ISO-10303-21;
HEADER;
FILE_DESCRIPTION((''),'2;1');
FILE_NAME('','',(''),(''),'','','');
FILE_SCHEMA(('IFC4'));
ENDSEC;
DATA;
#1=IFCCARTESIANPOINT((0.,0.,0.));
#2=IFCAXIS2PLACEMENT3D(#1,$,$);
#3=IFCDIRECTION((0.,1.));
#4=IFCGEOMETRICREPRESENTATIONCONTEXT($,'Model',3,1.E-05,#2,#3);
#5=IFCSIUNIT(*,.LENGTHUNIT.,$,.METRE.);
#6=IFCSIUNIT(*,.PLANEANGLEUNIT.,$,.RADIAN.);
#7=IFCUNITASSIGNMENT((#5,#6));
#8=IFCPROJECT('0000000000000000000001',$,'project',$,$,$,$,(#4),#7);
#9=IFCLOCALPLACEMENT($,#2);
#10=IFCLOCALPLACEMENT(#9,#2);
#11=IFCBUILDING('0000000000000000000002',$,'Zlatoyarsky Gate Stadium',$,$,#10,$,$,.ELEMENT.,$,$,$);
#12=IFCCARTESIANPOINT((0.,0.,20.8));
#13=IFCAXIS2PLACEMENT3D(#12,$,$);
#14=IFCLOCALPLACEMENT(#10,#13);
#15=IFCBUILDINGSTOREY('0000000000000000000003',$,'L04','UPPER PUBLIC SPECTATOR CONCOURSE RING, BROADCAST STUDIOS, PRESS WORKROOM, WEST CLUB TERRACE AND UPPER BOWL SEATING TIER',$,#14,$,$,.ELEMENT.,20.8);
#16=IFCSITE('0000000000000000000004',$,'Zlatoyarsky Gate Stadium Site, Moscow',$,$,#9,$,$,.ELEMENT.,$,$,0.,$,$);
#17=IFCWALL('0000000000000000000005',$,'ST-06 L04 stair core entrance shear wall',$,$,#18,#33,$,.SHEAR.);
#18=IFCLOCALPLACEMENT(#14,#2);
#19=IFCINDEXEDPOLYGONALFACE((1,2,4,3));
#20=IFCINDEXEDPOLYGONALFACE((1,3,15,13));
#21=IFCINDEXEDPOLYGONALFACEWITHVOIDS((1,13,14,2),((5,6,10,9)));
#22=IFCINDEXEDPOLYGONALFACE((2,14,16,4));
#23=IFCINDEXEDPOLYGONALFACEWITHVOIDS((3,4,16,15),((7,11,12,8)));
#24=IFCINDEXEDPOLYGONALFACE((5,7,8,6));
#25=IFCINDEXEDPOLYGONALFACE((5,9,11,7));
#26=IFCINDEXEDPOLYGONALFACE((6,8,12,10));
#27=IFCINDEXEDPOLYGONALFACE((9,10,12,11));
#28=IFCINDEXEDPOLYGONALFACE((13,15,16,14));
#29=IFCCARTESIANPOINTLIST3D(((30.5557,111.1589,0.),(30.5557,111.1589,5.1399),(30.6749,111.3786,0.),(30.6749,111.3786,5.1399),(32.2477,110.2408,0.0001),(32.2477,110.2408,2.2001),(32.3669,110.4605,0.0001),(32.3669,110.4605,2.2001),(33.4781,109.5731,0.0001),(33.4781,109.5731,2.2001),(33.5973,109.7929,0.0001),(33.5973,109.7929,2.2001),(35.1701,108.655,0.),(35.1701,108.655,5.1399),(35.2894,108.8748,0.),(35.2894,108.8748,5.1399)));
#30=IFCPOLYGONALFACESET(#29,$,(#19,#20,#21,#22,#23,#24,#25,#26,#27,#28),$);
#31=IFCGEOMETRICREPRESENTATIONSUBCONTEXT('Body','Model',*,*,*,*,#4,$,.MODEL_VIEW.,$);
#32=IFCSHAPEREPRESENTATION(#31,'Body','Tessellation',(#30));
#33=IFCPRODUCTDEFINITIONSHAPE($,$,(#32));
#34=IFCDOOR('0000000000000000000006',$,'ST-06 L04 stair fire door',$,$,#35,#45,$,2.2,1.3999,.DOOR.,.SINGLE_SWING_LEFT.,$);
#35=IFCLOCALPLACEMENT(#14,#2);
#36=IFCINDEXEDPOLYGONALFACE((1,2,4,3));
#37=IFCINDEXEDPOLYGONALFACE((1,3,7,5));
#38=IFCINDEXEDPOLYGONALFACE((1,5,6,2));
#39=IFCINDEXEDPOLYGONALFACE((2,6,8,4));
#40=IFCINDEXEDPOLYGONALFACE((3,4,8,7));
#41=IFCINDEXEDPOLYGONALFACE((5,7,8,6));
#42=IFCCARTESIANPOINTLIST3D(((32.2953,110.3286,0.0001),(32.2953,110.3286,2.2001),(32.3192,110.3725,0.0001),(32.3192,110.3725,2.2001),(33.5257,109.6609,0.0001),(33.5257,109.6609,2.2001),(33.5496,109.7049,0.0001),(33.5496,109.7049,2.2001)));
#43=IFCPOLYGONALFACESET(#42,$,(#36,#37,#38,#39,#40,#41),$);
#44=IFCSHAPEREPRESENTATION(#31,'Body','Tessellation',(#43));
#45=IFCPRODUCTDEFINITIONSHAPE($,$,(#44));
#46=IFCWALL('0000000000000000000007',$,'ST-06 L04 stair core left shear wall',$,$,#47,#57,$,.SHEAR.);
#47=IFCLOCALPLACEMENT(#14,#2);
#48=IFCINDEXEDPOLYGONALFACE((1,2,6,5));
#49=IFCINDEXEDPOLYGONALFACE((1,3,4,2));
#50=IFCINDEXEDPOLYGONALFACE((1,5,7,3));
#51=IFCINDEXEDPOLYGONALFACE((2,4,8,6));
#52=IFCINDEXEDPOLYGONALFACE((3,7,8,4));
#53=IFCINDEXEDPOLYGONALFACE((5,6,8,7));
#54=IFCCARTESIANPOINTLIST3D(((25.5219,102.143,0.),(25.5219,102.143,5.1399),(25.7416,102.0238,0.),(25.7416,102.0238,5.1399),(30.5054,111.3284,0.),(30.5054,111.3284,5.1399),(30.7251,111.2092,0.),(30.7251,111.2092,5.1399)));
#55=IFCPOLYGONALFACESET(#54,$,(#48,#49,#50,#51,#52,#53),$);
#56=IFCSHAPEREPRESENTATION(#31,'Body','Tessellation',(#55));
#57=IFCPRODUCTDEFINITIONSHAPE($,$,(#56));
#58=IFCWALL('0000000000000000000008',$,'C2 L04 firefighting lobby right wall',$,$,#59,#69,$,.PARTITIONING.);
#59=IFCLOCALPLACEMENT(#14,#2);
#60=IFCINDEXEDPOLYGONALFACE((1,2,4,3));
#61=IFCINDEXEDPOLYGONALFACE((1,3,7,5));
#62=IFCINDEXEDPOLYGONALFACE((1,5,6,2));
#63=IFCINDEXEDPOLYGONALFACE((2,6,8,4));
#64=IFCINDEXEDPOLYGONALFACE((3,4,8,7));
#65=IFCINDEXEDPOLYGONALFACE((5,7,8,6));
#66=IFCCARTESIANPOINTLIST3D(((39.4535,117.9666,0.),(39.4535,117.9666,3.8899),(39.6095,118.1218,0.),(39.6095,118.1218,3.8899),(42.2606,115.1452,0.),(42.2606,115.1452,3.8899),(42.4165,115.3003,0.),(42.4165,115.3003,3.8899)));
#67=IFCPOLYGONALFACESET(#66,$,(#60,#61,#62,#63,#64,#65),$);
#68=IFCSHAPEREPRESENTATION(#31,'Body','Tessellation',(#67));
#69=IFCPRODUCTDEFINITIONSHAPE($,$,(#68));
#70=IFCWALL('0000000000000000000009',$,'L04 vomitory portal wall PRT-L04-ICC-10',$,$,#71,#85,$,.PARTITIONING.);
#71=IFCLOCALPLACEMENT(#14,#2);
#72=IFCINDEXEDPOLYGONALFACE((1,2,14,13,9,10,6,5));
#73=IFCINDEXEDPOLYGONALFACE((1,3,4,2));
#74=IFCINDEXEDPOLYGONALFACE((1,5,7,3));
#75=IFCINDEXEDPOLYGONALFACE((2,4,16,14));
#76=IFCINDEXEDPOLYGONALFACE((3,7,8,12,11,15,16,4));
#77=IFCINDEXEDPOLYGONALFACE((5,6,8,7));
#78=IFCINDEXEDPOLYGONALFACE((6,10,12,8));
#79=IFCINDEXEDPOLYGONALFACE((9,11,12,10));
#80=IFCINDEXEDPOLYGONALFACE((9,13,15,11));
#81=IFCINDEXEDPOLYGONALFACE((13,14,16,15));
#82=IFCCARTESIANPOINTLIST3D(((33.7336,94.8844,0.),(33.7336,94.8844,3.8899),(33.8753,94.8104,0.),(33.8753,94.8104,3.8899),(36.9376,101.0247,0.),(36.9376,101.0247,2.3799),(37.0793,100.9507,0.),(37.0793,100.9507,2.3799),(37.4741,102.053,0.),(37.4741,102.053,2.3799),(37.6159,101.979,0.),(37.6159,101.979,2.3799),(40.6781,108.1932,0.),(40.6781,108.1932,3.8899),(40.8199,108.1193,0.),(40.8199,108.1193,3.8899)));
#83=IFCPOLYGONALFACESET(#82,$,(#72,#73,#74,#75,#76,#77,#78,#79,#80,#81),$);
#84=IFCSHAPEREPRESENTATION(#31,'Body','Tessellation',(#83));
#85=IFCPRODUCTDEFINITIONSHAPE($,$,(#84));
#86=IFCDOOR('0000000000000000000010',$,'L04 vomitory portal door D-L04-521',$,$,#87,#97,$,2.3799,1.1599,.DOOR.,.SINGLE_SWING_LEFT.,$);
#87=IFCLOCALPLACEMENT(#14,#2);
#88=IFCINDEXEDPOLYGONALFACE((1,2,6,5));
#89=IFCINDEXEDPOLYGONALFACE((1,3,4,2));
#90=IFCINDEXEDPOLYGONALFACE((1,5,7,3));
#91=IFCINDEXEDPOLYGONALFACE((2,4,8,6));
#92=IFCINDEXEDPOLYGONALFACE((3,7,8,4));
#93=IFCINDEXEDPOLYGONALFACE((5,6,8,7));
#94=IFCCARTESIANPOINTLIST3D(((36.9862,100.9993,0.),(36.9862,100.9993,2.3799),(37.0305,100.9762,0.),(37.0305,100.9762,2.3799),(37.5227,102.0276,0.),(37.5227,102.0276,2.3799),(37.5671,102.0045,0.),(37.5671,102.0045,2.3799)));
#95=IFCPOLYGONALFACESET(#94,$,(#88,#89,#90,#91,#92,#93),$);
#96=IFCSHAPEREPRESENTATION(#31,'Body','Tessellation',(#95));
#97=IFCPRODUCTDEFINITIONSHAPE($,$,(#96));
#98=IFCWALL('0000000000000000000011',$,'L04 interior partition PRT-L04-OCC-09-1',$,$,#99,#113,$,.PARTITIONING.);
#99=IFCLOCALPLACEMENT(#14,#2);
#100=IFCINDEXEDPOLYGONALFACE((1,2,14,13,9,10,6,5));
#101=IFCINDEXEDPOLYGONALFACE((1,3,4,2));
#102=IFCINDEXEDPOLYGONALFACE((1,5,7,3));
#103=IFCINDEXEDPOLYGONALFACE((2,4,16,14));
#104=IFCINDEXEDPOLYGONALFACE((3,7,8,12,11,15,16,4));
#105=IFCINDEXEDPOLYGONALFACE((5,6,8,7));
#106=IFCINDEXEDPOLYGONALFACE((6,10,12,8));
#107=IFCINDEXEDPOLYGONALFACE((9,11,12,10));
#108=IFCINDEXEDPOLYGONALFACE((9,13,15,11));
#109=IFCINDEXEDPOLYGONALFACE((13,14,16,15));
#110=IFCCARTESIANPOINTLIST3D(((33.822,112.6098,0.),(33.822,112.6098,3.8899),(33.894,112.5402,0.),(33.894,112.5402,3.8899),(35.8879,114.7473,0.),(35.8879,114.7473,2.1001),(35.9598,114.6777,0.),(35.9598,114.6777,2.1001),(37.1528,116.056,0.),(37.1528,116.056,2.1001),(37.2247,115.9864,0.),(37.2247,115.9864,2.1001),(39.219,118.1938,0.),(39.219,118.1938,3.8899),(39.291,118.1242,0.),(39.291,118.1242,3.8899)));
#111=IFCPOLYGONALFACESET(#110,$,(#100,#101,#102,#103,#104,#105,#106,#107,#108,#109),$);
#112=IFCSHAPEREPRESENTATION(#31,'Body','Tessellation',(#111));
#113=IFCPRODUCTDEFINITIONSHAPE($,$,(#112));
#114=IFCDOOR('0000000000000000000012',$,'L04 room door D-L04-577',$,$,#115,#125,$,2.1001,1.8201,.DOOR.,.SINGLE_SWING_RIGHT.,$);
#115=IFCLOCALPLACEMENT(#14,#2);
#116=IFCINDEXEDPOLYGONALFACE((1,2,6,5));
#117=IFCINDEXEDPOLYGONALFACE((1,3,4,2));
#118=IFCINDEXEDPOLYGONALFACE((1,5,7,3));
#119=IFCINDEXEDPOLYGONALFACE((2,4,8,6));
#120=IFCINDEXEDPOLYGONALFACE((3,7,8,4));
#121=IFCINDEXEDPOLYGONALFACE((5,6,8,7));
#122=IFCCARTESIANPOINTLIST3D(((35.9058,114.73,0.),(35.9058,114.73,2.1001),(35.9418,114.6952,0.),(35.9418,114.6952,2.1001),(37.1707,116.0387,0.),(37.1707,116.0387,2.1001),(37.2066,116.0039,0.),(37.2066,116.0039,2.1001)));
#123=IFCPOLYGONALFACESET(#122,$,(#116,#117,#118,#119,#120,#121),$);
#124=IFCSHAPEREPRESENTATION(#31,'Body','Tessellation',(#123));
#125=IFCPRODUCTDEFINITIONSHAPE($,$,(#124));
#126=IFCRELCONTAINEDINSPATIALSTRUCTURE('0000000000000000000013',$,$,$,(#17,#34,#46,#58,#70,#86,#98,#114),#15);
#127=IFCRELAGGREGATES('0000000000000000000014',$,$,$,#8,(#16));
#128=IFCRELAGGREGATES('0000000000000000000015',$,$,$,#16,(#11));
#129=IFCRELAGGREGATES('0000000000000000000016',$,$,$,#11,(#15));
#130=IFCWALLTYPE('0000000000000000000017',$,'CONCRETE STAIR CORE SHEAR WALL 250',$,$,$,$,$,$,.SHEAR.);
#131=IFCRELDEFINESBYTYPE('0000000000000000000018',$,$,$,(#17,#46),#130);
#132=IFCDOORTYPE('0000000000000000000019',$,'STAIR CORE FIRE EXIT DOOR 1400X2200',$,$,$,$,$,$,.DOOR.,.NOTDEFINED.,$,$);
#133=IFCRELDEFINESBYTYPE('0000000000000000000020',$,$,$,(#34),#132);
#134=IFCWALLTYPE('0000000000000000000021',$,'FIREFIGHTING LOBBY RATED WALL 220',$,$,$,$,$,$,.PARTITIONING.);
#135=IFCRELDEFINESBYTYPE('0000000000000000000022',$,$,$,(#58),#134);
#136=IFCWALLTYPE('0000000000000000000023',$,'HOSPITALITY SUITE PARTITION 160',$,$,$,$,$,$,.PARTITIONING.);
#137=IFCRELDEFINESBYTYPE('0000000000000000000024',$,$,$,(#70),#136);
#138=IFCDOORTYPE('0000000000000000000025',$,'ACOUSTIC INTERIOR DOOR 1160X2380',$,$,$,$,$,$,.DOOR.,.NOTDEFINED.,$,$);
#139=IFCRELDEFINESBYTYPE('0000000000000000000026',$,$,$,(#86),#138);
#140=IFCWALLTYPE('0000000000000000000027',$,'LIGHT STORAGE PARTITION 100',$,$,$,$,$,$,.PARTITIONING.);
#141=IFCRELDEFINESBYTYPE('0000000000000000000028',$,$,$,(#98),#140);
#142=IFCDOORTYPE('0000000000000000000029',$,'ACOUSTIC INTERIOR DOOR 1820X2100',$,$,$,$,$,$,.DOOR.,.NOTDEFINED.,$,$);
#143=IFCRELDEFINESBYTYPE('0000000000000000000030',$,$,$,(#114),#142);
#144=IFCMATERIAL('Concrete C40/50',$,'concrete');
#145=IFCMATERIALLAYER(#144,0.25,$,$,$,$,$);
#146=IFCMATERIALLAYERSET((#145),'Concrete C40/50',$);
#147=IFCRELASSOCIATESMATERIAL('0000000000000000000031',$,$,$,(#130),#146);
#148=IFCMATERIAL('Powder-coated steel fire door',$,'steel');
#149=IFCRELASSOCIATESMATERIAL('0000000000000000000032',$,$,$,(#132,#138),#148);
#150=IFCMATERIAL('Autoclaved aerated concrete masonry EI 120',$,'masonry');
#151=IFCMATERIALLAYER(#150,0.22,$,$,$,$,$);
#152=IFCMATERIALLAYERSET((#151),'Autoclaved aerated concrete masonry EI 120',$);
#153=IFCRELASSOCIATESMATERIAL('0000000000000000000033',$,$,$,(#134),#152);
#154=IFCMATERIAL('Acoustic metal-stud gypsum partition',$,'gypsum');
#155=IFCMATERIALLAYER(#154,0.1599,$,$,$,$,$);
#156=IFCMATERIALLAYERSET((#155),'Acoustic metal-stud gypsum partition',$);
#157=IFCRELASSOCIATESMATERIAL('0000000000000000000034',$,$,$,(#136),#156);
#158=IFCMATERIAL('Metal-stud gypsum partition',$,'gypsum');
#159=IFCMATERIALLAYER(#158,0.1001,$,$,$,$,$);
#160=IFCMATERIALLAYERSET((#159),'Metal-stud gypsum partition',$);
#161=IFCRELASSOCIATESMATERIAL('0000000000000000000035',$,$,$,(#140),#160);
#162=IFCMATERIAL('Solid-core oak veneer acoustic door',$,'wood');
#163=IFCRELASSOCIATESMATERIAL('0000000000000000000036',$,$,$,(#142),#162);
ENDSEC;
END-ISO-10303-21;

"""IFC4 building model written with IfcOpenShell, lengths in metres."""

from ifc_helpers import new_model, si_unit, direction, frame, frame_2d, origin, place, context, subcontext, project, spatial, rectangle, extrude, material, layer, layer_set, type_object, element, fill, save


model = new_model("IFC4")

# Units and contexts
model_context = context("Model", 3, precision=1e-05, world=origin(), true_north=direction((0.0, 1.0)))
body_context = subcontext(model_context, "Body", "Model", "MODEL_VIEW")
ifc_project = project(units=[si_unit("LENGTHUNIT", "METRE"), si_unit("PLANEANGLEUNIT", "RADIAN")], contexts=[model_context])

# Site, building, storey
site_placement = place(None, origin())
site = spatial("IfcSite", under=ifc_project, at=site_placement, Name="Zlatoyarsky Gate Stadium Site, Moscow", CompositionType="ELEMENT", RefElevation=0.0)
building_placement = place(site_placement, origin())
building = spatial("IfcBuilding", under=site, at=building_placement, Name="Zlatoyarsky Gate Stadium", CompositionType="ELEMENT")
storey_placement = place(building_placement, frame((0.0, 0.0, 20.8)))
storey = spatial("IfcBuildingStorey", under=building, at=storey_placement, Name="L04", Description="UPPER PUBLIC SPECTATOR CONCOURSE RING, BROADCAST STUDIOS, PRESS WORKROOM, WEST CLUB TERRACE AND UPPER BOWL SEATING TIER", CompositionType="ELEMENT", Elevation=20.8)

# Shared definitions
ifc_material_1 = material(Name="Concrete C40/50", Category="concrete")

# Wall, opening, door
ifc_layer_1 = layer(ifc_material_1, 0.25)
ifc_layer_set_1 = layer_set([ifc_layer_1], Name="Concrete C40/50")
wall_type_1 = type_object("IfcWallType", Name="CONCRETE STAIR CORE SHEAR WALL 250", PredefinedType="SHEAR", material=ifc_layer_set_1)
wall_1_placement = place(storey_placement, frame((35.2297, 108.7649, 0.0), z_axis=(0.0, 0.0, 1.0), x_axis=(-0.878942, 0.476929, 0.0)))
wall_1 = element("IfcWall", 1, at=wall_1_placement, inside=storey, type_object=wall_type_1, Name="ST-06 L04 stair core entrance shear wall", PredefinedType="SHEAR", context=body_context, shape_type="SweptSolid", body=[
    extrude(rectangle(XDim=5.25, YDim=0.25, at=frame_2d((2.625, 0.0))), origin(), (0.0, 0.0, 1.0), 5.1399),
])
opening_1_placement = place(wall_1_placement, frame((1.925, 0.0, 0.0)))
opening_1 = element("IfcOpeningElement", 2, at=opening_1_placement, cuts=wall_1, PredefinedType="OPENING", context=body_context, shape_type="SweptSolid", body=[
    extrude(rectangle(XDim=1.3999, YDim=2.2, at=frame_2d((0.7, 1.1001))), frame((0.0, 0.135, 0.0), z_axis=(0.0, -1.0, 0.0), x_axis=(1.0, 0.0, 0.0)), (0.0, 0.0, 1.0), 0.27),
])
ifc_material_2 = material(Name="Powder-coated steel fire door", Category="steel")
door_type_1 = type_object("IfcDoorType", Name="STAIR CORE FIRE EXIT DOOR 1400X2200", OperationType="NOTDEFINED", PredefinedType="DOOR", material=ifc_material_2)
door_1_placement = place(opening_1_placement, frame((1.3999, 0.0, 0.0), z_axis=(0.0, 0.0, 1.0), x_axis=(-1.0, 0.0, 0.0)))
door_1 = element("IfcDoor", 3, at=door_1_placement, inside=storey, type_object=door_type_1, Name="ST-06 L04 stair fire door", OperationType="SINGLE_SWING_LEFT", OverallHeight=2.2, OverallWidth=1.3999, PredefinedType="DOOR", context=body_context, shape_type="SweptSolid", body=[
    extrude(rectangle(XDim=1.3999, YDim=2.2, at=frame_2d((0.7, 1.1001))), frame((0.0, 0.0249, 0.0), z_axis=(0.0, -1.0, 0.0), x_axis=(1.0, 0.0, 0.0)), (0.0, 0.0, 1.0), 0.05),
])
fill(opening_1, door_1)

# Walls
wall_2_placement = place(storey_placement, frame((30.6152, 111.2688, 0.0), z_axis=(0.0, 0.0, 1.0), x_axis=(-0.476877, -0.87897, 0.0)))
element("IfcWall", 4, at=wall_2_placement, inside=storey, type_object=wall_type_1, Name="ST-06 L04 stair core left shear wall", PredefinedType="SHEAR", context=body_context, shape_type="SweptSolid", body=[
    extrude(rectangle(XDim=10.4502, YDim=0.25, at=frame_2d((5.2251, 0.0))), origin(), (0.0, 0.0, 1.0), 5.1399),
])
ifc_material_3 = material(Name="Autoclaved aerated concrete masonry EI 120", Category="masonry")
ifc_layer_2 = layer(ifc_material_3, 0.22)
ifc_layer_set_2 = layer_set([ifc_layer_2], Name="Autoclaved aerated concrete masonry EI 120")
wall_type_2 = type_object("IfcWallType", Name="FIREFIGHTING LOBBY RATED WALL 220", PredefinedType="PARTITIONING", material=ifc_layer_set_2)
wall_3_placement = place(storey_placement, frame((39.5315, 118.0442, 0.0), z_axis=(0.0, 0.0, 1.0), x_axis=(0.705295, -0.708914, 0.0)))
element("IfcWall", 5, at=wall_3_placement, inside=storey, type_object=wall_type_2, Name="C2 L04 firefighting lobby right wall", PredefinedType="PARTITIONING", context=body_context, shape_type="SweptSolid", body=[
    extrude(rectangle(XDim=3.98, YDim=0.22, at=frame_2d((1.99, 0.0))), origin(), (0.0, 0.0, 1.0), 3.8899),
])

# Walls, openings, doors
ifc_material_4 = material(Name="Acoustic metal-stud gypsum partition", Category="gypsum")
ifc_layer_3 = layer(ifc_material_4, 0.1599)
ifc_layer_set_3 = layer_set([ifc_layer_3], Name="Acoustic metal-stud gypsum partition")
wall_type_3 = type_object("IfcWallType", Name="HOSPITALITY SUITE PARTITION 160", PredefinedType="PARTITIONING", material=ifc_layer_set_3)
wall_4_placement = place(storey_placement, frame((40.749, 108.1562, 0.0), z_axis=(0.0, 0.0, 1.0), x_axis=(-0.46261, -0.886562, 0.0)))
wall_4 = element("IfcWall", 6, at=wall_4_placement, inside=storey, type_object=wall_type_3, Name="L04 vomitory portal wall PRT-L04-ICC-10", PredefinedType="PARTITIONING", context=body_context, shape_type="SweptSolid", body=[
    extrude(rectangle(XDim=15.0117, YDim=0.1599, at=frame_2d((7.5059, 0.0))), origin(), (0.0, 0.0, 1.0), 3.8899),
])
opening_2_placement = place(wall_4_placement, frame((6.9258, 0.0, 0.0)))
opening_2 = element("IfcOpeningElement", 7, at=opening_2_placement, cuts=wall_4, PredefinedType="OPENING", context=body_context, shape_type="SweptSolid", body=[
    extrude(rectangle(XDim=1.1599, YDim=2.3799, at=frame_2d((0.5801, 1.1899))), frame((0.0, 0.0898, 0.0), z_axis=(0.0, -1.0, 0.0), x_axis=(1.0, 0.0, 0.0)), (0.0, 0.0, 1.0), 0.1799),
])
door_type_2 = type_object("IfcDoorType", Name="ACOUSTIC INTERIOR DOOR 1160X2380", OperationType="NOTDEFINED", PredefinedType="DOOR", material=ifc_material_2)
door_2_placement = place(opening_2_placement, origin())
door_2 = element("IfcDoor", 8, at=door_2_placement, inside=storey, type_object=door_type_2, Name="L04 vomitory portal door D-L04-521", OperationType="SINGLE_SWING_LEFT", OverallHeight=2.3799, OverallWidth=1.1599, PredefinedType="DOOR", context=body_context, shape_type="SweptSolid", body=[
    extrude(rectangle(XDim=1.1599, YDim=2.3799, at=frame_2d((0.5801, 1.1899))), frame((0.0, 0.0249, 0.0), z_axis=(0.0, -1.0, 0.0), x_axis=(1.0, 0.0, 0.0)), (0.0, 0.0, 1.0), 0.05),
])
fill(opening_2, door_2)
ifc_material_5 = material(Name="Metal-stud gypsum partition", Category="gypsum")
ifc_layer_4 = layer(ifc_material_5, 0.1001)
ifc_layer_set_4 = layer_set([ifc_layer_4], Name="Metal-stud gypsum partition")
wall_type_4 = type_object("IfcWallType", Name="LIGHT STORAGE PARTITION 100", PredefinedType="PARTITIONING", material=ifc_layer_set_4)
wall_5_placement = place(storey_placement, frame((39.2549, 118.1589, 0.0), z_axis=(0.0, 0.0, 1.0), x_axis=(-0.694964, -0.719045, 0.0)))
wall_5 = element("IfcWall", 9, at=wall_5_placement, inside=storey, type_object=wall_type_4, Name="L04 interior partition PRT-L04-OCC-09-1", PredefinedType="PARTITIONING", context=body_context, shape_type="SweptSolid", body=[
    extrude(rectangle(XDim=7.7659, YDim=0.1001, at=frame_2d((3.8828, 0.0))), origin(), (0.0, 0.0, 1.0), 3.8899),
])
opening_3_placement = place(wall_5_placement, frame((2.9729, 0.0, 0.0)))
opening_3 = element("IfcOpeningElement", 10, at=opening_3_placement, cuts=wall_5, PredefinedType="OPENING", context=body_context, shape_type="SweptSolid", body=[
    extrude(rectangle(XDim=1.8201, YDim=2.1001, at=frame_2d((0.9102, 1.05))), frame((0.0, 0.0601, 0.0), z_axis=(0.0, -1.0, 0.0), x_axis=(1.0, 0.0, 0.0)), (0.0, 0.0, 1.0), 0.1201),
])
ifc_material_6 = material(Name="Solid-core oak veneer acoustic door", Category="wood")
door_type_3 = type_object("IfcDoorType", Name="ACOUSTIC INTERIOR DOOR 1820X2100", OperationType="NOTDEFINED", PredefinedType="DOOR", material=ifc_material_6)
door_3_placement = place(opening_3_placement, origin())
door_3 = element("IfcDoor", 11, at=door_3_placement, inside=storey, type_object=door_type_3, Name="L04 room door D-L04-577", OperationType="SINGLE_SWING_RIGHT", OverallHeight=2.1001, OverallWidth=1.8201, PredefinedType="DOOR", context=body_context, shape_type="SweptSolid", body=[
    extrude(rectangle(XDim=1.8201, YDim=2.1001, at=frame_2d((0.9102, 1.05))), frame((0.0, 0.0249, 0.0), z_axis=(0.0, -1.0, 0.0), x_axis=(1.0, 0.0, 0.0)), (0.0, 0.0, 1.0), 0.05),
])
fill(opening_3, door_3)

save(model, "model.ifc")
